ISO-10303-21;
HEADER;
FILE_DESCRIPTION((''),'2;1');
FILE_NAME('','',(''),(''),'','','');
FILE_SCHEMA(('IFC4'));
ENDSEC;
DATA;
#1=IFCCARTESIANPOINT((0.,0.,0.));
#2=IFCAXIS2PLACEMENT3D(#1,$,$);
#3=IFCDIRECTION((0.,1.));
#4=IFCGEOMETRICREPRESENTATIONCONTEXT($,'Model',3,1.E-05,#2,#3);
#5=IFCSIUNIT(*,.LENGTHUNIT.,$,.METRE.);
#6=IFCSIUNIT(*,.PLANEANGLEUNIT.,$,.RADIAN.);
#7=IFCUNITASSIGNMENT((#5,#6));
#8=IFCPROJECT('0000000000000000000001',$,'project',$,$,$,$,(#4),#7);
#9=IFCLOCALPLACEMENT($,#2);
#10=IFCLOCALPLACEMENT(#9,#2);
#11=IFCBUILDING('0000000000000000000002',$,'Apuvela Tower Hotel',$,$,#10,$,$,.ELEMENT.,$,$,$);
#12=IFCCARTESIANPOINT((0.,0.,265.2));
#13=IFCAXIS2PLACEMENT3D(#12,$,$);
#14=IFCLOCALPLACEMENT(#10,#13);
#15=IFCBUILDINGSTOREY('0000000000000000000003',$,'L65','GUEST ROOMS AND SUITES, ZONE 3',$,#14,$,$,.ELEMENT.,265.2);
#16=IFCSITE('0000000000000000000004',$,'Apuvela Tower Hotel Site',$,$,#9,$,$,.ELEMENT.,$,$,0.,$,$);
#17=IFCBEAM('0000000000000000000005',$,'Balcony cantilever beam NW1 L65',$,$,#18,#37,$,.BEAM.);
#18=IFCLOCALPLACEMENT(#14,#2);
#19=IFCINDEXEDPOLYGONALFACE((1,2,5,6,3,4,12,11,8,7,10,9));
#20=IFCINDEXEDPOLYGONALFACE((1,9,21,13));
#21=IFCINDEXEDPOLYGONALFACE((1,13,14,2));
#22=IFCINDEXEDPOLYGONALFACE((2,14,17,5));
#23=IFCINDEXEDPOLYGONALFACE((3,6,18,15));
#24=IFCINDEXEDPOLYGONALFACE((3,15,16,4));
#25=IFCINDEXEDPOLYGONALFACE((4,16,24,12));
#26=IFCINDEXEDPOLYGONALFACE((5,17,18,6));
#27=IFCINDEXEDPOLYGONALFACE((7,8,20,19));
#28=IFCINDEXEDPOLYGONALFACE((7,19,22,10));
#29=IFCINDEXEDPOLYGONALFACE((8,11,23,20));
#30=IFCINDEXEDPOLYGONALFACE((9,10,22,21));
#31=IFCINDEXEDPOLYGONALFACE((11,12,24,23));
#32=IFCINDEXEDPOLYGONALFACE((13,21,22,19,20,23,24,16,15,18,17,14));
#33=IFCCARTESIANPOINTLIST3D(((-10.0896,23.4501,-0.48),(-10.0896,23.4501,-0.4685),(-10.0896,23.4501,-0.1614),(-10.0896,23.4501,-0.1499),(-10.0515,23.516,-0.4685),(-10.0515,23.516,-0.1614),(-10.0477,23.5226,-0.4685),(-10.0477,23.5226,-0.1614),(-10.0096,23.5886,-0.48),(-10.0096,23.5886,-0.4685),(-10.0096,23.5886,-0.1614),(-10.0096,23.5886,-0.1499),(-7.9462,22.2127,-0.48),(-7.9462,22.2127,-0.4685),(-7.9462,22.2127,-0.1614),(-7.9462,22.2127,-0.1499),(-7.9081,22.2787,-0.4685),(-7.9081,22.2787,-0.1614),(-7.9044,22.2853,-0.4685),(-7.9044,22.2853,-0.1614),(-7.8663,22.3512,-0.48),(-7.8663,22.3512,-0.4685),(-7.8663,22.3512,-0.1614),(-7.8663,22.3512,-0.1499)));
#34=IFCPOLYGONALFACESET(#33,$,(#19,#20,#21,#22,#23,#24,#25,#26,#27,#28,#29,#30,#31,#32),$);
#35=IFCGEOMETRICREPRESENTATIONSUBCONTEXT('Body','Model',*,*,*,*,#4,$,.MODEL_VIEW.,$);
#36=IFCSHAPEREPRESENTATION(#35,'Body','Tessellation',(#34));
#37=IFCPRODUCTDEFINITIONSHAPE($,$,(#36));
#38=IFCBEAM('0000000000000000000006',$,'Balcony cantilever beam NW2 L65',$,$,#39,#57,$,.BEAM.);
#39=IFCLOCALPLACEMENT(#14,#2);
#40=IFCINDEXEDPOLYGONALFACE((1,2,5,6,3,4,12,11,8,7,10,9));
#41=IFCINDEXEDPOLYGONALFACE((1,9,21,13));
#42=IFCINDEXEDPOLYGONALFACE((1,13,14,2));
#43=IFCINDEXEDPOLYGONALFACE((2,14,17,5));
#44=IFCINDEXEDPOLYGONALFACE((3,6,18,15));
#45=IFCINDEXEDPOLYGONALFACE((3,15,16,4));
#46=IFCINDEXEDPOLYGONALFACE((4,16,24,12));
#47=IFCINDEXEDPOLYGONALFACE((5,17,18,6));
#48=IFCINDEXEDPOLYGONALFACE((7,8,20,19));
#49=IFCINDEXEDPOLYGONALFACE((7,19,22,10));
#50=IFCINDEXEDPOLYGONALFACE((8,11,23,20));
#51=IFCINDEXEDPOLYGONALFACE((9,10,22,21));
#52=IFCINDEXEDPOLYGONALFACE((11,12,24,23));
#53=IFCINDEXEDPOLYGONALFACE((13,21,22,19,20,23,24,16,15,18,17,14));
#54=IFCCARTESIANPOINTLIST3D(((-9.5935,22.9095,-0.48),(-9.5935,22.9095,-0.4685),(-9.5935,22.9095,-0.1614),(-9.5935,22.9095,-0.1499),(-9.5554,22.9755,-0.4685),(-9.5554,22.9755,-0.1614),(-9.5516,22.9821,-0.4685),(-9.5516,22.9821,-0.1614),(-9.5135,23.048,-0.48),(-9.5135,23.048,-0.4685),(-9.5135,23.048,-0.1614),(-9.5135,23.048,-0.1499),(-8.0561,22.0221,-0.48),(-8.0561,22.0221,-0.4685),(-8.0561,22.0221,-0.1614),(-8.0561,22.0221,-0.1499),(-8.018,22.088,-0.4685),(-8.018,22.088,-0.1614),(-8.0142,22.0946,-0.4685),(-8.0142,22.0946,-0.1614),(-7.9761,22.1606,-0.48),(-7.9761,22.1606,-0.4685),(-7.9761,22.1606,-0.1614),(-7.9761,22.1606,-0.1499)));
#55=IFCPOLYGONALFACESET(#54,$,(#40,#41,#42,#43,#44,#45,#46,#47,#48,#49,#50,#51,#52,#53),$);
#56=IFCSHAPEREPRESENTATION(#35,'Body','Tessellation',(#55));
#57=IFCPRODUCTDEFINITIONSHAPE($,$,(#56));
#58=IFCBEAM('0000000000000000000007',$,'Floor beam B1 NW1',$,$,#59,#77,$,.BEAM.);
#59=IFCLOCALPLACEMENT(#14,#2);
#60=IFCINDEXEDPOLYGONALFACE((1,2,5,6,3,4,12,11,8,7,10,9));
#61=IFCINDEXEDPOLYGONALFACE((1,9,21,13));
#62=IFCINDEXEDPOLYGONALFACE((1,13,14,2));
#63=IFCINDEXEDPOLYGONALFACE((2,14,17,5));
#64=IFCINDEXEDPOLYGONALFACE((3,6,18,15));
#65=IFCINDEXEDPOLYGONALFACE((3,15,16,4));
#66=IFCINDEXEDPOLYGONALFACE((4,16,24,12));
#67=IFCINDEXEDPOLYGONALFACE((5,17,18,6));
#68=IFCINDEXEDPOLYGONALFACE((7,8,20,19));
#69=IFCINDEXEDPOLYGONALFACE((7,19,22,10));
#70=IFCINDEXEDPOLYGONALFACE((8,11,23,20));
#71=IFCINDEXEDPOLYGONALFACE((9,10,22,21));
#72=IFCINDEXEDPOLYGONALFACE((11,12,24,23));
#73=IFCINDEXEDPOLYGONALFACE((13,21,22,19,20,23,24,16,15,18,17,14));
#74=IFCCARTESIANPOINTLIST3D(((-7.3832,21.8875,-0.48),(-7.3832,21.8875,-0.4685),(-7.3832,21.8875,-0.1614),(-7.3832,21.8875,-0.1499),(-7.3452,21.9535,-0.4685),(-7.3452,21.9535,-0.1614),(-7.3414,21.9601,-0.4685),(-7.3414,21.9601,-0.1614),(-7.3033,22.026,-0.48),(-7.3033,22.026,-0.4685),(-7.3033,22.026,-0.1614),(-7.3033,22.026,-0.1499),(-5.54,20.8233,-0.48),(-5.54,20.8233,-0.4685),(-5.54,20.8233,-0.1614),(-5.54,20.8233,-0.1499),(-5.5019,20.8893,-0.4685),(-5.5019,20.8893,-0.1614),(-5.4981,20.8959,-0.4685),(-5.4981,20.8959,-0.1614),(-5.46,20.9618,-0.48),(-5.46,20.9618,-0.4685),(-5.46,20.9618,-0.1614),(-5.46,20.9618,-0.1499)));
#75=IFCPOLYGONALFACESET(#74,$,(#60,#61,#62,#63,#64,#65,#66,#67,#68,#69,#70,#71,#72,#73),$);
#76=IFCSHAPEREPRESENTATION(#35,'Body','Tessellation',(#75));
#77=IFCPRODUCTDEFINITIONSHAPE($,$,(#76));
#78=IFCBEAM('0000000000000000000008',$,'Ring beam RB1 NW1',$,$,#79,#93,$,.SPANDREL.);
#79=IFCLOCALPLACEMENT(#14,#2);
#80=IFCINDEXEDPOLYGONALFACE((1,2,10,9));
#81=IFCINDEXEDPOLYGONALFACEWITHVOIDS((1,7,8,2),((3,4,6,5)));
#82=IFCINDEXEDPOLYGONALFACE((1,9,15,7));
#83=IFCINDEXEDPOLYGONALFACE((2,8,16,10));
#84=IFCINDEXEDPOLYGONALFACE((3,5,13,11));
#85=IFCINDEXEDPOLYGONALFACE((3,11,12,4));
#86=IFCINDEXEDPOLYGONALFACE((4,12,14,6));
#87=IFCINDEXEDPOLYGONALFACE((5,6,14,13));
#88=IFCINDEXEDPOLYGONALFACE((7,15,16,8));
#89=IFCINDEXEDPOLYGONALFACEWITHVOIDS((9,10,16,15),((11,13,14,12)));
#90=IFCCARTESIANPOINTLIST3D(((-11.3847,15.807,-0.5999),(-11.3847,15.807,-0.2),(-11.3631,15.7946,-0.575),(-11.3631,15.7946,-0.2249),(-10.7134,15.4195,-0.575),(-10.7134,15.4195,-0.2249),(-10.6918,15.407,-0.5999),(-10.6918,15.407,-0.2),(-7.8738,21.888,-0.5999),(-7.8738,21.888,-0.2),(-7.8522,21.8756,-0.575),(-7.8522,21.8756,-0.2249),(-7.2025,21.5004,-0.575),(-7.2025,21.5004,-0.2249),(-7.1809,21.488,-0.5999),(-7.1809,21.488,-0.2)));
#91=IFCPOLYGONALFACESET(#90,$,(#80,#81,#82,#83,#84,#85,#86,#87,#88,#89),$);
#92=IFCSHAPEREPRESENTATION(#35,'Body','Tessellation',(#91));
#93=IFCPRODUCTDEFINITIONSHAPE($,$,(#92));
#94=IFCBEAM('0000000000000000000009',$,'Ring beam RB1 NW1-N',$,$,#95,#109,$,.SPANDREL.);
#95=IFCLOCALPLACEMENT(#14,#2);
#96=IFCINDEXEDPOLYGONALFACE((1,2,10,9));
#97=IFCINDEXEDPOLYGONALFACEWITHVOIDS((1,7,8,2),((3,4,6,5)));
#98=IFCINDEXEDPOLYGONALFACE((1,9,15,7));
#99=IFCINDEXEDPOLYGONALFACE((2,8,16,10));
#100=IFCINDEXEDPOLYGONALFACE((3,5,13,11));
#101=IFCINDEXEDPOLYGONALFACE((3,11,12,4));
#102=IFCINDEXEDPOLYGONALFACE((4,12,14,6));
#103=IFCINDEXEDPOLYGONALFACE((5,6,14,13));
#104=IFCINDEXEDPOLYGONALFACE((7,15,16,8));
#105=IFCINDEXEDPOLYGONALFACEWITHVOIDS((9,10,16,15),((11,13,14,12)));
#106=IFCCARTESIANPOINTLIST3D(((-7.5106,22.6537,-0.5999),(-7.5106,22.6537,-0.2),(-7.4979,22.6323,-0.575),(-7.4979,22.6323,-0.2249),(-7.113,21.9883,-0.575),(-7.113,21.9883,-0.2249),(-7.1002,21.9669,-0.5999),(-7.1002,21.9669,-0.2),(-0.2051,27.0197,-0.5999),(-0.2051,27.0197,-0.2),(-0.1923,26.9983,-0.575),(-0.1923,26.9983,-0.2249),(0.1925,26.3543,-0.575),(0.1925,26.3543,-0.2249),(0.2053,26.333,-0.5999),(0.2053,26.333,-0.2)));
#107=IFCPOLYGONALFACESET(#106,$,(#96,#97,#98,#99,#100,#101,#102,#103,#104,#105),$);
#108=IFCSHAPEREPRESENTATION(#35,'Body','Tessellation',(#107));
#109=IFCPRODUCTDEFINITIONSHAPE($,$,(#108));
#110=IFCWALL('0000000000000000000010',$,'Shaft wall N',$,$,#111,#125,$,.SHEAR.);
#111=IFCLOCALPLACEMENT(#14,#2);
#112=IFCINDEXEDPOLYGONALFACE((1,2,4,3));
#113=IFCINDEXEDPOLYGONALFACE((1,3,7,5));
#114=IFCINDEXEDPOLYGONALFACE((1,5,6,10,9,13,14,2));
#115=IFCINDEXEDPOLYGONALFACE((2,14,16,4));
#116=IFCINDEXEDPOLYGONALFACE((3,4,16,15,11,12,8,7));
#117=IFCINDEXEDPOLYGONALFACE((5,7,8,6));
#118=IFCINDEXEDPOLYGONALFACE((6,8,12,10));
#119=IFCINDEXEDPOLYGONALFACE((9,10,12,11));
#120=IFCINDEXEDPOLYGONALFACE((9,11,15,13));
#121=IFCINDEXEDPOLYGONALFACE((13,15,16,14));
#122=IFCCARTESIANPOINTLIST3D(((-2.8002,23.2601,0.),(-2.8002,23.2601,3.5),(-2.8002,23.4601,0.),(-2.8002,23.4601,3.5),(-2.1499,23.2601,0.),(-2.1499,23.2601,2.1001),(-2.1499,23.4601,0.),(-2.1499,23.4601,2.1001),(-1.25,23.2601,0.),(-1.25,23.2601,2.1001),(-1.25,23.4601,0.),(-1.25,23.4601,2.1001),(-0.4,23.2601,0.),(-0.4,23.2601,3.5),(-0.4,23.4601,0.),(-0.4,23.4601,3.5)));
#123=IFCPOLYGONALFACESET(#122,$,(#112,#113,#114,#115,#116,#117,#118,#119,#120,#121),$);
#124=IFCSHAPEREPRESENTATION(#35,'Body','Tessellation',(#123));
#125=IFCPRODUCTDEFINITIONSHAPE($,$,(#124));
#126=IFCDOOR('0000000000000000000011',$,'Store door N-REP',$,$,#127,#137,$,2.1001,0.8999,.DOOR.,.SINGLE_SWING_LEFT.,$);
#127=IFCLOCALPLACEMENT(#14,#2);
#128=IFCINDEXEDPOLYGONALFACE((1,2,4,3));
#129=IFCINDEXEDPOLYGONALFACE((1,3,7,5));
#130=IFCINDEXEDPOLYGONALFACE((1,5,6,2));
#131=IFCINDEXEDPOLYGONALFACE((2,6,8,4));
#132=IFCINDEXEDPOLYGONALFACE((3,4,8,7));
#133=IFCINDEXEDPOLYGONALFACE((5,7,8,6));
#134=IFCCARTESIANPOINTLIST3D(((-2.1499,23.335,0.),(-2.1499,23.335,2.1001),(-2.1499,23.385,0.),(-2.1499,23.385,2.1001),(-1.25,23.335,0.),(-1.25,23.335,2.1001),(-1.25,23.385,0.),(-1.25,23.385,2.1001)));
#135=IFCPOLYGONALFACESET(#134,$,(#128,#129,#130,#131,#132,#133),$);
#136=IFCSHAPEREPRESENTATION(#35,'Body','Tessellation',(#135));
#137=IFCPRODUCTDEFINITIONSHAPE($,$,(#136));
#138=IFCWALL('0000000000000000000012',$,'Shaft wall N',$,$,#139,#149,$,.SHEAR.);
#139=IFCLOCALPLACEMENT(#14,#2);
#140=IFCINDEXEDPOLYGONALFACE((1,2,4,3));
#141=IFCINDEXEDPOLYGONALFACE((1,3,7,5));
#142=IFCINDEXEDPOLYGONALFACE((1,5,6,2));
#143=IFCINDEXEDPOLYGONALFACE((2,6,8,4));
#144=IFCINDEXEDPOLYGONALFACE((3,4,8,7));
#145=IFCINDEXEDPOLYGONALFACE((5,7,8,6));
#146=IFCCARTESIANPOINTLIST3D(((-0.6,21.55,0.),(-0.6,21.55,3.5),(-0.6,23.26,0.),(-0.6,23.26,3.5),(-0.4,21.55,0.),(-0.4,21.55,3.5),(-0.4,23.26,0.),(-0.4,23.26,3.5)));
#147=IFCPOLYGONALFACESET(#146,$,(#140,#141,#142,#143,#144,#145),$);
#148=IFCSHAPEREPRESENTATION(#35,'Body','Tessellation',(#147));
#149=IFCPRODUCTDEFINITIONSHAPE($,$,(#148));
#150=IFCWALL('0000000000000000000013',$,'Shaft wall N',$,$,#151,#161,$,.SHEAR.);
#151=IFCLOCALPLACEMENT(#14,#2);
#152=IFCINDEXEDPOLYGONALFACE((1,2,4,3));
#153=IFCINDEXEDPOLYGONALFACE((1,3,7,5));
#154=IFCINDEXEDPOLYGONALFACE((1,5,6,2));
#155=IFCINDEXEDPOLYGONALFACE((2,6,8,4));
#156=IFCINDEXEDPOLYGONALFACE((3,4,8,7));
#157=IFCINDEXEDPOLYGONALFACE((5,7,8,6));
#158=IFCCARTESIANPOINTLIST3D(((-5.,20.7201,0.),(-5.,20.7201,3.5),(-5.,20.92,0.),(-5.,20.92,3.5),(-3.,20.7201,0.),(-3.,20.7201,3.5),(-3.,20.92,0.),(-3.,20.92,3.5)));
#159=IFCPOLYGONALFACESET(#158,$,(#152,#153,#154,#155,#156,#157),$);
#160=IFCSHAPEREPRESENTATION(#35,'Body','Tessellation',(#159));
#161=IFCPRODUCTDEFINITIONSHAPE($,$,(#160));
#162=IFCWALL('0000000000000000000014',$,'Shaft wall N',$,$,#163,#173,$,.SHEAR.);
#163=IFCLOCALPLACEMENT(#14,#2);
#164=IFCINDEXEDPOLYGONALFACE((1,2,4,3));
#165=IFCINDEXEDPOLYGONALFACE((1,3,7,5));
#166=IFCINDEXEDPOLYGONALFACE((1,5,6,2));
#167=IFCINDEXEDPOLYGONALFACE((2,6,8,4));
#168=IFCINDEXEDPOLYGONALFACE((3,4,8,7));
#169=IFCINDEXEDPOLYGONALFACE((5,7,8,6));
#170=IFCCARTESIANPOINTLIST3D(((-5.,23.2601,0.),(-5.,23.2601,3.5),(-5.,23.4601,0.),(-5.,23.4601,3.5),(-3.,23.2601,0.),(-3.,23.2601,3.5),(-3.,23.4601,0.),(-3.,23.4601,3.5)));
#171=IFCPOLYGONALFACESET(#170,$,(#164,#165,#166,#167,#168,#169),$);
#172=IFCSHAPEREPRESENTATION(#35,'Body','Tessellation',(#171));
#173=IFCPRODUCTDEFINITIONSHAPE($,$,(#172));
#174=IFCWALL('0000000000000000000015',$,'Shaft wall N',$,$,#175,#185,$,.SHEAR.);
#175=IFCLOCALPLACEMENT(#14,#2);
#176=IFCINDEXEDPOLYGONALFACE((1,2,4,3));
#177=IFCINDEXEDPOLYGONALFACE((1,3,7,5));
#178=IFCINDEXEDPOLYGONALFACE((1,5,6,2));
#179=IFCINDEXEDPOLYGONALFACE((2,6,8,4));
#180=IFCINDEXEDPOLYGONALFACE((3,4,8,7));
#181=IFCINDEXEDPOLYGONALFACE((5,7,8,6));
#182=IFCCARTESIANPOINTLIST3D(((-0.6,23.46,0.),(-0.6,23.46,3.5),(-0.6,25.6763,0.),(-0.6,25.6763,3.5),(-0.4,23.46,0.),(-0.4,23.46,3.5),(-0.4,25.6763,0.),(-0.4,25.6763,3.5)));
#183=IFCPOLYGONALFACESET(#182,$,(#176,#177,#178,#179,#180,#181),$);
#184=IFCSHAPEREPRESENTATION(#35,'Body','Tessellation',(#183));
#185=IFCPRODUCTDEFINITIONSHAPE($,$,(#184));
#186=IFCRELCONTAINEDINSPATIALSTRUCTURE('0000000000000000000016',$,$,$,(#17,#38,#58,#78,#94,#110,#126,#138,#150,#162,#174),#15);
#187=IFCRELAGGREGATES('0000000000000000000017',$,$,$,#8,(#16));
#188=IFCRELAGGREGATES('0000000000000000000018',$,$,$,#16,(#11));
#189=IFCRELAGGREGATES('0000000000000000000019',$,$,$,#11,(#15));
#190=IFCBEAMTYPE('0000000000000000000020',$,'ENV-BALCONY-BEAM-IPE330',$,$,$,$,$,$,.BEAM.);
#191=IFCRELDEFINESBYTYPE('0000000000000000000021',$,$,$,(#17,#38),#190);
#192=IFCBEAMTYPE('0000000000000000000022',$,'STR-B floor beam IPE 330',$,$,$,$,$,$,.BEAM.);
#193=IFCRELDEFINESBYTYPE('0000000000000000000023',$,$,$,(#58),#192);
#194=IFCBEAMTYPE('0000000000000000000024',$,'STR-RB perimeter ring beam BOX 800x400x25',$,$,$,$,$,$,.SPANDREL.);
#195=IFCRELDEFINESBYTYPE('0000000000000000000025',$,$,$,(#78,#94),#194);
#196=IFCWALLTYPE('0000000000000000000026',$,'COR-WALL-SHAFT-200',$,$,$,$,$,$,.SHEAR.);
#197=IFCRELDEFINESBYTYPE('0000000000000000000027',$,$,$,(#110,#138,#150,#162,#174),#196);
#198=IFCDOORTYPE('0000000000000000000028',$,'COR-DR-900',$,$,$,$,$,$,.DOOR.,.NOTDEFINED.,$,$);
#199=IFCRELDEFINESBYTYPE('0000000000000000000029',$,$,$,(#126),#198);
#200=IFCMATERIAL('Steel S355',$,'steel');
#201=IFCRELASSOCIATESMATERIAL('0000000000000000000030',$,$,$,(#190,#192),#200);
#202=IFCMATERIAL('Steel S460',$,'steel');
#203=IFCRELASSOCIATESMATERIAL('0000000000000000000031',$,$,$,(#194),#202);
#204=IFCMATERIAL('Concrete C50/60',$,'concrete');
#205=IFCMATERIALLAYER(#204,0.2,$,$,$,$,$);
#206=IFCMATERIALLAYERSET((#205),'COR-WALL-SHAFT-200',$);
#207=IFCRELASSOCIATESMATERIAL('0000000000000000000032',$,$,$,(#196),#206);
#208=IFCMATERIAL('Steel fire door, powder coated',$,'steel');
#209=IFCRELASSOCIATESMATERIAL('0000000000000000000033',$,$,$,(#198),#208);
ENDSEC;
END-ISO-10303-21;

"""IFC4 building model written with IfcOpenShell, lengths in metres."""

from ifc_helpers import new_model, si_unit, direction, frame, frame_2d, origin, origin_2d, place, context, subcontext, project, spatial, rectangle, hollow_rectangle, i_section, extrude, material, layer, layer_set, material_profile, profile_set, type_object, element, fill, save


model = new_model("IFC4")

# Units and contexts
model_context = context("Model", 3, precision=1e-05, world=origin(), true_north=direction((0.0, 1.0)))
body_context = subcontext(model_context, "Body", "Model", "MODEL_VIEW")
ifc_project = project(units=[si_unit("LENGTHUNIT", "METRE"), si_unit("PLANEANGLEUNIT", "RADIAN")], contexts=[model_context])

# Site, building, storey
site_placement = place(None, origin())
site = spatial("IfcSite", under=ifc_project, at=site_placement, Name="Apuvela Tower Hotel Site", CompositionType="ELEMENT", RefElevation=0.0)
building_placement = place(site_placement, origin())
building = spatial("IfcBuilding", under=site, at=building_placement, Name="Apuvela Tower Hotel", CompositionType="ELEMENT")
storey_placement = place(building_placement, frame((0.0, 0.0, 265.2)))
storey = spatial("IfcBuildingStorey", under=building, at=storey_placement, Name="L65", Description="GUEST ROOMS AND SUITES, ZONE 3", CompositionType="ELEMENT", Elevation=265.2)

# Shared definitions
ifc_material_1 = material(Name="Steel S460", Category="steel")

# Beams
ifc_material_2 = material(Name="Steel S355", Category="steel")
ifc_material_profile_1 = material_profile(ifc_material_2, i_section(OverallWidth=0.1599, OverallDepth=0.3301, WebThickness=0.0076, FlangeThickness=0.0115, at=origin_2d()), Name="IPE 330")
ifc_profile_set_1 = profile_set([ifc_material_profile_1], Name="Steel S355")
beam_type_1 = type_object("IfcBeamType", Name="ENV-BALCONY-BEAM-IPE330", PredefinedType="BEAM", material=ifc_profile_set_1)
beam_1_placement = place(storey_placement, frame((-7.9062, 22.282, -0.3149), z_axis=(-0.866049, 0.499959, 0.0), x_axis=(-0.499959, -0.866049, 0.0)))
element("IfcBeam", 1, at=beam_1_placement, inside=storey, type_object=beam_type_1, Name="Balcony cantilever beam NW1 L65", PredefinedType="BEAM", context=body_context, shape_type="SweptSolid", body=[
    extrude(i_section(OverallWidth=0.1599, OverallDepth=0.3301, WebThickness=0.0076, FlangeThickness=0.0115, at=origin_2d()), origin(), (0.0, 0.0, 1.0), 2.4749),
])
beam_2_placement = place(storey_placement, frame((-8.0161, 22.0913, -0.3149), z_axis=(-0.86606, 0.499941, 0.0), x_axis=(-0.499941, -0.86606, 0.0)))
element("IfcBeam", 2, at=beam_2_placement, inside=storey, type_object=beam_type_1, Name="Balcony cantilever beam NW2 L65", PredefinedType="BEAM", context=body_context, shape_type="SweptSolid", body=[
    extrude(i_section(OverallWidth=0.1599, OverallDepth=0.3301, WebThickness=0.0076, FlangeThickness=0.0115, at=origin_2d()), origin(), (0.0, 0.0, 1.0), 1.7751),
])
ifc_material_profile_2 = material_profile(ifc_material_2, i_section(OverallWidth=0.1599, OverallDepth=0.3301, WebThickness=0.0076, FlangeThickness=0.0115, at=origin_2d()), Name="IPE 330")
ifc_profile_set_2 = profile_set([ifc_material_profile_2], Name="Steel S355")
beam_type_2 = type_object("IfcBeamType", Name="STR-B floor beam IPE 330", PredefinedType="BEAM", material=ifc_profile_set_2)
beam_3_placement = place(storey_placement, frame((-7.3433, 21.9568, -0.3149), z_axis=(0.866025, -0.5, 0.0), x_axis=(0.5, 0.866025, 0.0)))
element("IfcBeam", 3, at=beam_3_placement, inside=storey, type_object=beam_type_2, Name="Floor beam B1 NW1", PredefinedType="BEAM", context=body_context, shape_type="SweptSolid", body=[
    extrude(i_section(OverallWidth=0.1599, OverallDepth=0.3301, WebThickness=0.0076, FlangeThickness=0.0115, at=origin_2d()), origin(), (0.0, 0.0, 1.0), 2.1284),
])
ifc_material_profile_3 = material_profile(ifc_material_1, hollow_rectangle(XDim=0.8, YDim=0.3999, WallThickness=0.0249, at=origin_2d()), Name="BOX 800x400x25")
ifc_profile_set_3 = profile_set([ifc_material_profile_3], Name="Steel S460")
beam_type_3 = type_object("IfcBeamType", Name="STR-RB perimeter ring beam BOX 800x400x25", PredefinedType="SPANDREL", material=ifc_profile_set_3)
beam_4_placement = place(storey_placement, frame((-7.5273, 21.688, -0.3999), z_axis=(-0.500009, -0.86602, 0.0), x_axis=(0.86602, -0.500009, 0.0)))
element("IfcBeam", 4, at=beam_4_placement, inside=storey, type_object=beam_type_3, Name="Ring beam RB1 NW1", PredefinedType="SPANDREL", context=body_context, shape_type="SweptSolid", body=[
    extrude(hollow_rectangle(XDim=0.8, YDim=0.3999, WallThickness=0.0249, at=origin_2d()), origin(), (0.0, 0.0, 1.0), 7.0217),
])
beam_5_placement = place(storey_placement, frame((-7.3054, 22.3103, -0.3999), z_axis=(0.858388, 0.513002, 0.0), x_axis=(-0.513002, 0.858388, 0.0)))
element("IfcBeam", 5, at=beam_5_placement, inside=storey, type_object=beam_type_3, Name="Ring beam RB1 NW1-N", PredefinedType="SPANDREL", context=body_context, shape_type="SweptSolid", body=[
    extrude(hollow_rectangle(XDim=0.8, YDim=0.3999, WallThickness=0.0249, at=origin_2d()), origin(), (0.0, 0.0, 1.0), 8.5107),
])

# Wall, opening, door
ifc_material_3 = material(Name="Concrete C50/60", Category="concrete")
ifc_layer_1 = layer(ifc_material_3, 0.2)
ifc_layer_set_1 = layer_set([ifc_layer_1], Name="COR-WALL-SHAFT-200")
wall_type_1 = type_object("IfcWallType", Name="COR-WALL-SHAFT-200", PredefinedType="SHEAR", material=ifc_layer_set_1)
wall_1_placement = place(storey_placement, frame((-0.3999, 23.3601, 0.0), z_axis=(0.0, 0.0, 1.0), x_axis=(-1.0, 0.0, 0.0)))
wall_1 = element("IfcWall", 6, at=wall_1_placement, inside=storey, type_object=wall_type_1, Name="Shaft wall N", PredefinedType="SHEAR", context=body_context, shape_type="SweptSolid", body=[
    extrude(rectangle(XDim=2.4001, YDim=0.2, at=frame_2d((1.2002, 0.0))), origin(), (0.0, 0.0, 1.0), 3.5),
])
opening_1_placement = place(wall_1_placement, frame((0.8501, 0.0, 0.0)))
opening_1 = element("IfcOpeningElement", 7, at=opening_1_placement, cuts=wall_1, PredefinedType="OPENING", context=body_context, shape_type="SweptSolid", body=[
    extrude(rectangle(XDim=0.8999, YDim=2.1001, at=frame_2d((0.45, 1.05))), frame((0.0, 0.1099, 0.0), z_axis=(0.0, -1.0, 0.0), x_axis=(1.0, 0.0, 0.0)), (0.0, 0.0, 1.0), 0.22),
])
ifc_material_4 = material(Name="Steel fire door, powder coated", Category="steel")
door_type_1 = type_object("IfcDoorType", Name="COR-DR-900", OperationType="NOTDEFINED", PredefinedType="DOOR", material=ifc_material_4)
door_1_placement = place(opening_1_placement, frame((0.8999, 0.0, 0.0), z_axis=(0.0, 0.0, 1.0), x_axis=(-1.0, 0.0, 0.0)))
door_1 = element("IfcDoor", 8, at=door_1_placement, inside=storey, type_object=door_type_1, Name="Store door N-REP", OperationType="SINGLE_SWING_LEFT", OverallHeight=2.1001, OverallWidth=0.8999, PredefinedType="DOOR", context=body_context, shape_type="SweptSolid", body=[
    extrude(rectangle(XDim=0.8999, YDim=2.1001, at=frame_2d((0.45, 1.05))), frame((0.0, 0.0249, 0.0), z_axis=(0.0, -1.0, 0.0), x_axis=(1.0, 0.0, 0.0)), (0.0, 0.0, 1.0), 0.05),
])
fill(opening_1, door_1)

# Walls
wall_2_placement = place(storey_placement, frame((-0.5, 21.55, 0.0), z_axis=(0.0, 0.0, 1.0), x_axis=(0.0, 1.0, 0.0)))
element("IfcWall", 9, at=wall_2_placement, inside=storey, type_object=wall_type_1, Name="Shaft wall N", PredefinedType="SHEAR", context=body_context, shape_type="SweptSolid", body=[
    extrude(rectangle(XDim=1.71, YDim=0.2, at=frame_2d((0.855, 0.0))), origin(), (0.0, 0.0, 1.0), 3.5),
])
for number, where, z_axis, x_axis, name in (
    (10, (-3.0, 20.8201, 0.0), (0.0, 0.0, 1.0), (-1.0, 0.0, 0.0), "Shaft wall N"),
    (11, (-3.0, 23.3601, 0.0), (0.0, 0.0, 1.0), (-1.0, 0.0, 0.0), "Shaft wall N"),
):
    element("IfcWall", number, at=place(storey_placement, frame(where, z_axis=z_axis, x_axis=x_axis)), inside=storey, type_object=wall_type_1, Name=name, PredefinedType="SHEAR", context=body_context, shape_type="SweptSolid", body=[
        extrude(rectangle(XDim=2.0, YDim=0.2, at=frame_2d((1.0, 0.0))), origin(), (0.0, 0.0, 1.0), 3.5),
    ])
wall_3_placement = place(storey_placement, frame((-0.5, 23.46, 0.0), z_axis=(0.0, 0.0, 1.0), x_axis=(0.0, 1.0, 0.0)))
element("IfcWall", 12, at=wall_3_placement, inside=storey, type_object=wall_type_1, Name="Shaft wall N", PredefinedType="SHEAR", context=body_context, shape_type="SweptSolid", body=[
    extrude(rectangle(XDim=2.2163, YDim=0.2, at=frame_2d((1.1082, 0.0))), origin(), (0.0, 0.0, 1.0), 3.5),
])

save(model, "model.ifc")
